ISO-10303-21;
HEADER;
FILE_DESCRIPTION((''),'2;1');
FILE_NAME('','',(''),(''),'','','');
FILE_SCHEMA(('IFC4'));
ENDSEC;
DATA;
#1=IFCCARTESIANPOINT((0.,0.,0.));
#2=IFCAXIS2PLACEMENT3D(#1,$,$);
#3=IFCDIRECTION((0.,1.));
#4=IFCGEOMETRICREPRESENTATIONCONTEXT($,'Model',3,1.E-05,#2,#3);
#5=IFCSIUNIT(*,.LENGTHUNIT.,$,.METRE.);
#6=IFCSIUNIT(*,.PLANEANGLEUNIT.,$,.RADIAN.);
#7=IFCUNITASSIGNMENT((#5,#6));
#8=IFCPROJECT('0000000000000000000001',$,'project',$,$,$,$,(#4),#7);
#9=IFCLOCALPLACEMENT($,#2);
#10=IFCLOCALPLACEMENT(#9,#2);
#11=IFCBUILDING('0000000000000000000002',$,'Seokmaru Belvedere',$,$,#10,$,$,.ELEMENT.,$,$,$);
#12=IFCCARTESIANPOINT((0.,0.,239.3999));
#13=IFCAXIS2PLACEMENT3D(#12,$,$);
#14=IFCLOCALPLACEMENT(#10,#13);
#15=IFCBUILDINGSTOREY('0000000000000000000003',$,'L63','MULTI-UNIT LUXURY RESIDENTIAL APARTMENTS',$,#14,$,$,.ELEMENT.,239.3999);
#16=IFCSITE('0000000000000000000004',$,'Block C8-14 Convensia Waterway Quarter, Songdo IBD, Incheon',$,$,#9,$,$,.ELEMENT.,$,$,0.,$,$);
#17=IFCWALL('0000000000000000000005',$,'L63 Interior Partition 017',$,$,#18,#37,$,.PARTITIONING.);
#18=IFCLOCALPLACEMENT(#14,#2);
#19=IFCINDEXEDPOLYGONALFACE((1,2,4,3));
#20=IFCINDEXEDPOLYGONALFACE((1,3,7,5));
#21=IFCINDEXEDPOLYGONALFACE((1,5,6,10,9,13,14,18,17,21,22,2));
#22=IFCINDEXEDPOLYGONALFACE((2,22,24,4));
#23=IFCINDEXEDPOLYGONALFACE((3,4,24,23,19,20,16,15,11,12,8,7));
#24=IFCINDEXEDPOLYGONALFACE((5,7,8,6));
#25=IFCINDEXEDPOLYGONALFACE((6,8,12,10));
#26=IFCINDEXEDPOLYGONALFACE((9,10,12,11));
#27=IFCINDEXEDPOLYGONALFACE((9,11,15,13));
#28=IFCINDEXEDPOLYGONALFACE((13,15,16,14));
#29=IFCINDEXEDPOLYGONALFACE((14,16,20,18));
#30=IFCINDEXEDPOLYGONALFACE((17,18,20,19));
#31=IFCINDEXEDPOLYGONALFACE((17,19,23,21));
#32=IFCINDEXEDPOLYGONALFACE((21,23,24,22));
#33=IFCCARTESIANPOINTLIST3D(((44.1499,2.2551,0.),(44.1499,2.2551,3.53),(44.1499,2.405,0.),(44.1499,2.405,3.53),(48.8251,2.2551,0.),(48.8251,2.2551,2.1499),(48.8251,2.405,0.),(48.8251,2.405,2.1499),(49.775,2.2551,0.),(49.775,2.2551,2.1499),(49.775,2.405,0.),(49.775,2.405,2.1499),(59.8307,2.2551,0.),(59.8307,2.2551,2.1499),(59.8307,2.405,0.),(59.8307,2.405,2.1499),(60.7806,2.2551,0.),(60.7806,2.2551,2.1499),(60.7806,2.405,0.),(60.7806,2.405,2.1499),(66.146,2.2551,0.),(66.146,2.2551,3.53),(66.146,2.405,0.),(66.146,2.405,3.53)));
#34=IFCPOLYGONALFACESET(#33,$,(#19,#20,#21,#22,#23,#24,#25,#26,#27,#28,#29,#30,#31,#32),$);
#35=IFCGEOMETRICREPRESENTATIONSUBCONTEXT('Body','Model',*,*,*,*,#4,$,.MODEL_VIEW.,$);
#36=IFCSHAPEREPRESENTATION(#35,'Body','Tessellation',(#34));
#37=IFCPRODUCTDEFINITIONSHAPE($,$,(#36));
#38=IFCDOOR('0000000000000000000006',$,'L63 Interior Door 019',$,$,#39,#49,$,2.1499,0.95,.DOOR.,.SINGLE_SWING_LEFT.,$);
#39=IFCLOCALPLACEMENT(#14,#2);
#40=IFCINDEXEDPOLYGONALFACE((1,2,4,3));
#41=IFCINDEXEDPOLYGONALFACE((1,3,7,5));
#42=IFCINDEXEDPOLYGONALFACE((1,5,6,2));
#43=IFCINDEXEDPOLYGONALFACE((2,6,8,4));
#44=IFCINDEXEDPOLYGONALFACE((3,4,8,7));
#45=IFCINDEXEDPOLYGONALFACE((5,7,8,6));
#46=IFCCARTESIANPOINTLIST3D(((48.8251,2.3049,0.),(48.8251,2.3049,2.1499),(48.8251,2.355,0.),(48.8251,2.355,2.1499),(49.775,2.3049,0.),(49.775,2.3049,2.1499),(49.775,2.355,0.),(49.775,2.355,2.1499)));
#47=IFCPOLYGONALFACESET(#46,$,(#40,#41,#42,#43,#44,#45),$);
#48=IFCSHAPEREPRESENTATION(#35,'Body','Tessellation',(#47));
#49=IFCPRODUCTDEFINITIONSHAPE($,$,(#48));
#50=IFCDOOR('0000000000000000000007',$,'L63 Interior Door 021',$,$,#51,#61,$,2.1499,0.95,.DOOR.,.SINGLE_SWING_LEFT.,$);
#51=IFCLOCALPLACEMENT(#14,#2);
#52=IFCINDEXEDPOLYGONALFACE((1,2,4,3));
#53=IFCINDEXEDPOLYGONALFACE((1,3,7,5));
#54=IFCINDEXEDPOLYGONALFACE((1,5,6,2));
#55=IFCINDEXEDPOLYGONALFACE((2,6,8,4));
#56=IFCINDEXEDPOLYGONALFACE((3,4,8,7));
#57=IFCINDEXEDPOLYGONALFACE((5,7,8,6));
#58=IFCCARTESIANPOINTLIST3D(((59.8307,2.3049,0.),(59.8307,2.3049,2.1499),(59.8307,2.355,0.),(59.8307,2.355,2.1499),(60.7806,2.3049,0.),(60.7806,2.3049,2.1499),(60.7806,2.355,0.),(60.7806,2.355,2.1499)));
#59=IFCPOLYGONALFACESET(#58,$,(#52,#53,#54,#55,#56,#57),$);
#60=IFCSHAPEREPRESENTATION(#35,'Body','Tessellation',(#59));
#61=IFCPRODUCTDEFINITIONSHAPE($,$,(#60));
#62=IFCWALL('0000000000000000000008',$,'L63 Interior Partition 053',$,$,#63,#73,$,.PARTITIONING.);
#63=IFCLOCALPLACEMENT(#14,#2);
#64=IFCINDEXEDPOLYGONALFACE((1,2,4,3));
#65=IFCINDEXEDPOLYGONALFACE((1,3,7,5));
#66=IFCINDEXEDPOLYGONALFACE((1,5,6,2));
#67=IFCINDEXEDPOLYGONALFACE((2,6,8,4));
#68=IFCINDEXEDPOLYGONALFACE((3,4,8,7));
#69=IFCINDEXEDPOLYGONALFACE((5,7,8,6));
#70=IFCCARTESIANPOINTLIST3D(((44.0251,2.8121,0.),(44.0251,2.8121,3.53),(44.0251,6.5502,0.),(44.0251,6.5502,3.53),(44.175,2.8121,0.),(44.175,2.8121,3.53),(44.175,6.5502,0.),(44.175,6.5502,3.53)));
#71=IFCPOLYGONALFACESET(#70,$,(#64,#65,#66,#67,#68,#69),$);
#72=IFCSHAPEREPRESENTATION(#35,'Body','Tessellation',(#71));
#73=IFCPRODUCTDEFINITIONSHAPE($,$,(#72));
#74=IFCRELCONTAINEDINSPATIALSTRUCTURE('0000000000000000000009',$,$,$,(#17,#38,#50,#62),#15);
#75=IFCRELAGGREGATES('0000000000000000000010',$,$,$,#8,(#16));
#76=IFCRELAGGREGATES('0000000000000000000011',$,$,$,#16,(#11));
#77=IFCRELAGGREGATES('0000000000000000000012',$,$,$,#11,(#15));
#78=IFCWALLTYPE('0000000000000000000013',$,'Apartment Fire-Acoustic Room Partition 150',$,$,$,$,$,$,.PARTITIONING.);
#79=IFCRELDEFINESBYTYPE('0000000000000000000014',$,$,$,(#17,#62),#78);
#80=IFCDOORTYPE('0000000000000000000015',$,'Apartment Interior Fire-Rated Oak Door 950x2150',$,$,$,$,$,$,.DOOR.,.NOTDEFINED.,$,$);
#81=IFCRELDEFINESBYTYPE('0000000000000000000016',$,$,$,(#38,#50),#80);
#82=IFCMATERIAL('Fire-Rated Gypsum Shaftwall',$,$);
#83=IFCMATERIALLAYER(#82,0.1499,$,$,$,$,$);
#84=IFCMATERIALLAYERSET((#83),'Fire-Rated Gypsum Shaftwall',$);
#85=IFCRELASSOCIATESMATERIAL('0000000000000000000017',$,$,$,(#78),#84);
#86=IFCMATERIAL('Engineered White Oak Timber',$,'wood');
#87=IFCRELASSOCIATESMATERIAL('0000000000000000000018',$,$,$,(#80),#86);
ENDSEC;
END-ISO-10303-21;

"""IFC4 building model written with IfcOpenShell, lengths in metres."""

from ifc_helpers import new_model, si_unit, direction, frame, frame_2d, origin, place, context, subcontext, project, spatial, rectangle, extrude, source, transform, mapped, material, layer, layer_set, type_object, type_shapes, element, fill, save


model = new_model("IFC4")

# Units and contexts
model_context = context("Model", 3, precision=1e-05, world=origin(), true_north=direction((0.0, 1.0)))
body_context = subcontext(model_context, "Body", "Model", "MODEL_VIEW")
ifc_project = project(units=[si_unit("LENGTHUNIT", "METRE"), si_unit("PLANEANGLEUNIT", "RADIAN")], contexts=[model_context])

# Site, building, storey
site_placement = place(None, origin())
site = spatial("IfcSite", under=ifc_project, at=site_placement, Name="Block C8-14 Convensia Waterway Quarter, Songdo IBD, Incheon", CompositionType="ELEMENT", RefElevation=0.0)
building_placement = place(site_placement, origin())
building = spatial("IfcBuilding", under=site, at=building_placement, Name="Seokmaru Belvedere", CompositionType="ELEMENT")
storey_placement = place(building_placement, frame((0.0, 0.0, 239.3999)))
storey = spatial("IfcBuildingStorey", under=building, at=storey_placement, Name="L63", Description="MULTI-UNIT LUXURY RESIDENTIAL APARTMENTS", CompositionType="ELEMENT", Elevation=239.3999)

# Wall, openings, doors
ifc_material_1 = material(Name="Fire-Rated Gypsum Shaftwall")
ifc_layer_1 = layer(ifc_material_1, 0.1499)
ifc_layer_set_1 = layer_set([ifc_layer_1], Name="Fire-Rated Gypsum Shaftwall")
wall_type = type_object("IfcWallType", Name="Apartment Fire-Acoustic Room Partition 150", PredefinedType="PARTITIONING", material=ifc_layer_set_1)
wall_1_placement = place(storey_placement, frame((44.1499, 2.3301, 0.0), z_axis=(0.0, 0.0, 1.0), x_axis=(1.0, 0.0, 0.0)))
wall_1 = element("IfcWall", 1, at=wall_1_placement, inside=storey, type_object=wall_type, Name="L63 Interior Partition 017", PredefinedType="PARTITIONING", context=body_context, shape_type="SweptSolid", body=[
    extrude(rectangle(XDim=21.9961, YDim=0.1499, at=frame_2d((10.998, 0.0))), origin(), (0.0, 0.0, 1.0), 3.53),
])
opening_1_placement = place(wall_1_placement, frame((4.675, 0.0, 0.0)))
opening_1 = element("IfcOpeningElement", 2, at=opening_1_placement, cuts=wall_1, PredefinedType="OPENING", context=body_context, shape_type="SweptSolid", body=[
    extrude(rectangle(XDim=0.95, YDim=2.1499, at=frame_2d((0.4751, 1.075))), frame((0.0, 0.085, 0.0), z_axis=(0.0, -1.0, 0.0), x_axis=(1.0, 0.0, 0.0)), (0.0, 0.0, 1.0), 0.1699),
])
opening_2_placement = place(wall_1_placement, frame((15.6807, 0.0, 0.0)))
opening_2 = element("IfcOpeningElement", 3, at=opening_2_placement, cuts=wall_1, PredefinedType="OPENING", context=body_context, shape_type="SweptSolid", body=[
    extrude(rectangle(XDim=0.95, YDim=2.1499, at=frame_2d((0.4751, 1.075))), frame((0.0, 0.085, 0.0), z_axis=(0.0, -1.0, 0.0), x_axis=(1.0, 0.0, 0.0)), (0.0, 0.0, 1.0), 0.1699),
])
ifc_material_2 = material(Name="Engineered White Oak Timber", Category="wood")
door_type = type_object("IfcDoorType", Name="Apartment Interior Fire-Rated Oak Door 950x2150", OperationType="NOTDEFINED", PredefinedType="DOOR", material=ifc_material_2)
shared_shape_1 = source(origin(), body_context, "Body", "SweptSolid", [
    extrude(rectangle(XDim=0.95, YDim=2.1499, at=frame_2d((0.4751, 1.075))), frame((0.0, 0.0249, 0.0), z_axis=(0.0, -1.0, 0.0), x_axis=(1.0, 0.0, 0.0)), (0.0, 0.0, 1.0), 0.05),
])
type_shapes(door_type, [shared_shape_1])
door_1_placement = place(opening_1_placement, origin())
door_1 = element("IfcDoor", 4, at=door_1_placement, inside=storey, type_object=door_type, Name="L63 Interior Door 019", OperationType="SINGLE_SWING_LEFT", OverallHeight=2.1499, OverallWidth=0.95, PredefinedType="DOOR", context=body_context, shape_type="MappedRepresentation", body=[
    mapped(shared_shape_1, transform((0.0, 0.0, 0.0), scale=1.0)),
])
fill(opening_1, door_1)
door_2_placement = place(opening_2_placement, origin())
door_2 = element("IfcDoor", 5, at=door_2_placement, inside=storey, type_object=door_type, Name="L63 Interior Door 021", OperationType="SINGLE_SWING_LEFT", OverallHeight=2.1499, OverallWidth=0.95, PredefinedType="DOOR", context=body_context, shape_type="MappedRepresentation", body=[
    mapped(shared_shape_1, transform((0.0, 0.0, 0.0), scale=1.0)),
])
fill(opening_2, door_2)

# Wall
wall_2_placement = place(storey_placement, frame((44.1001, 2.812, 0.0), z_axis=(0.0, 0.0, 1.0), x_axis=(0.0, 1.0, 0.0)))
element("IfcWall", 6, at=wall_2_placement, inside=storey, type_object=wall_type, Name="L63 Interior Partition 053", PredefinedType="PARTITIONING", context=body_context, shape_type="SweptSolid", body=[
    extrude(rectangle(XDim=3.738, YDim=0.1499, at=frame_2d((1.8691, 0.0))), origin(), (0.0, 0.0, 1.0), 3.53),
])

save(model, "model.ifc")
